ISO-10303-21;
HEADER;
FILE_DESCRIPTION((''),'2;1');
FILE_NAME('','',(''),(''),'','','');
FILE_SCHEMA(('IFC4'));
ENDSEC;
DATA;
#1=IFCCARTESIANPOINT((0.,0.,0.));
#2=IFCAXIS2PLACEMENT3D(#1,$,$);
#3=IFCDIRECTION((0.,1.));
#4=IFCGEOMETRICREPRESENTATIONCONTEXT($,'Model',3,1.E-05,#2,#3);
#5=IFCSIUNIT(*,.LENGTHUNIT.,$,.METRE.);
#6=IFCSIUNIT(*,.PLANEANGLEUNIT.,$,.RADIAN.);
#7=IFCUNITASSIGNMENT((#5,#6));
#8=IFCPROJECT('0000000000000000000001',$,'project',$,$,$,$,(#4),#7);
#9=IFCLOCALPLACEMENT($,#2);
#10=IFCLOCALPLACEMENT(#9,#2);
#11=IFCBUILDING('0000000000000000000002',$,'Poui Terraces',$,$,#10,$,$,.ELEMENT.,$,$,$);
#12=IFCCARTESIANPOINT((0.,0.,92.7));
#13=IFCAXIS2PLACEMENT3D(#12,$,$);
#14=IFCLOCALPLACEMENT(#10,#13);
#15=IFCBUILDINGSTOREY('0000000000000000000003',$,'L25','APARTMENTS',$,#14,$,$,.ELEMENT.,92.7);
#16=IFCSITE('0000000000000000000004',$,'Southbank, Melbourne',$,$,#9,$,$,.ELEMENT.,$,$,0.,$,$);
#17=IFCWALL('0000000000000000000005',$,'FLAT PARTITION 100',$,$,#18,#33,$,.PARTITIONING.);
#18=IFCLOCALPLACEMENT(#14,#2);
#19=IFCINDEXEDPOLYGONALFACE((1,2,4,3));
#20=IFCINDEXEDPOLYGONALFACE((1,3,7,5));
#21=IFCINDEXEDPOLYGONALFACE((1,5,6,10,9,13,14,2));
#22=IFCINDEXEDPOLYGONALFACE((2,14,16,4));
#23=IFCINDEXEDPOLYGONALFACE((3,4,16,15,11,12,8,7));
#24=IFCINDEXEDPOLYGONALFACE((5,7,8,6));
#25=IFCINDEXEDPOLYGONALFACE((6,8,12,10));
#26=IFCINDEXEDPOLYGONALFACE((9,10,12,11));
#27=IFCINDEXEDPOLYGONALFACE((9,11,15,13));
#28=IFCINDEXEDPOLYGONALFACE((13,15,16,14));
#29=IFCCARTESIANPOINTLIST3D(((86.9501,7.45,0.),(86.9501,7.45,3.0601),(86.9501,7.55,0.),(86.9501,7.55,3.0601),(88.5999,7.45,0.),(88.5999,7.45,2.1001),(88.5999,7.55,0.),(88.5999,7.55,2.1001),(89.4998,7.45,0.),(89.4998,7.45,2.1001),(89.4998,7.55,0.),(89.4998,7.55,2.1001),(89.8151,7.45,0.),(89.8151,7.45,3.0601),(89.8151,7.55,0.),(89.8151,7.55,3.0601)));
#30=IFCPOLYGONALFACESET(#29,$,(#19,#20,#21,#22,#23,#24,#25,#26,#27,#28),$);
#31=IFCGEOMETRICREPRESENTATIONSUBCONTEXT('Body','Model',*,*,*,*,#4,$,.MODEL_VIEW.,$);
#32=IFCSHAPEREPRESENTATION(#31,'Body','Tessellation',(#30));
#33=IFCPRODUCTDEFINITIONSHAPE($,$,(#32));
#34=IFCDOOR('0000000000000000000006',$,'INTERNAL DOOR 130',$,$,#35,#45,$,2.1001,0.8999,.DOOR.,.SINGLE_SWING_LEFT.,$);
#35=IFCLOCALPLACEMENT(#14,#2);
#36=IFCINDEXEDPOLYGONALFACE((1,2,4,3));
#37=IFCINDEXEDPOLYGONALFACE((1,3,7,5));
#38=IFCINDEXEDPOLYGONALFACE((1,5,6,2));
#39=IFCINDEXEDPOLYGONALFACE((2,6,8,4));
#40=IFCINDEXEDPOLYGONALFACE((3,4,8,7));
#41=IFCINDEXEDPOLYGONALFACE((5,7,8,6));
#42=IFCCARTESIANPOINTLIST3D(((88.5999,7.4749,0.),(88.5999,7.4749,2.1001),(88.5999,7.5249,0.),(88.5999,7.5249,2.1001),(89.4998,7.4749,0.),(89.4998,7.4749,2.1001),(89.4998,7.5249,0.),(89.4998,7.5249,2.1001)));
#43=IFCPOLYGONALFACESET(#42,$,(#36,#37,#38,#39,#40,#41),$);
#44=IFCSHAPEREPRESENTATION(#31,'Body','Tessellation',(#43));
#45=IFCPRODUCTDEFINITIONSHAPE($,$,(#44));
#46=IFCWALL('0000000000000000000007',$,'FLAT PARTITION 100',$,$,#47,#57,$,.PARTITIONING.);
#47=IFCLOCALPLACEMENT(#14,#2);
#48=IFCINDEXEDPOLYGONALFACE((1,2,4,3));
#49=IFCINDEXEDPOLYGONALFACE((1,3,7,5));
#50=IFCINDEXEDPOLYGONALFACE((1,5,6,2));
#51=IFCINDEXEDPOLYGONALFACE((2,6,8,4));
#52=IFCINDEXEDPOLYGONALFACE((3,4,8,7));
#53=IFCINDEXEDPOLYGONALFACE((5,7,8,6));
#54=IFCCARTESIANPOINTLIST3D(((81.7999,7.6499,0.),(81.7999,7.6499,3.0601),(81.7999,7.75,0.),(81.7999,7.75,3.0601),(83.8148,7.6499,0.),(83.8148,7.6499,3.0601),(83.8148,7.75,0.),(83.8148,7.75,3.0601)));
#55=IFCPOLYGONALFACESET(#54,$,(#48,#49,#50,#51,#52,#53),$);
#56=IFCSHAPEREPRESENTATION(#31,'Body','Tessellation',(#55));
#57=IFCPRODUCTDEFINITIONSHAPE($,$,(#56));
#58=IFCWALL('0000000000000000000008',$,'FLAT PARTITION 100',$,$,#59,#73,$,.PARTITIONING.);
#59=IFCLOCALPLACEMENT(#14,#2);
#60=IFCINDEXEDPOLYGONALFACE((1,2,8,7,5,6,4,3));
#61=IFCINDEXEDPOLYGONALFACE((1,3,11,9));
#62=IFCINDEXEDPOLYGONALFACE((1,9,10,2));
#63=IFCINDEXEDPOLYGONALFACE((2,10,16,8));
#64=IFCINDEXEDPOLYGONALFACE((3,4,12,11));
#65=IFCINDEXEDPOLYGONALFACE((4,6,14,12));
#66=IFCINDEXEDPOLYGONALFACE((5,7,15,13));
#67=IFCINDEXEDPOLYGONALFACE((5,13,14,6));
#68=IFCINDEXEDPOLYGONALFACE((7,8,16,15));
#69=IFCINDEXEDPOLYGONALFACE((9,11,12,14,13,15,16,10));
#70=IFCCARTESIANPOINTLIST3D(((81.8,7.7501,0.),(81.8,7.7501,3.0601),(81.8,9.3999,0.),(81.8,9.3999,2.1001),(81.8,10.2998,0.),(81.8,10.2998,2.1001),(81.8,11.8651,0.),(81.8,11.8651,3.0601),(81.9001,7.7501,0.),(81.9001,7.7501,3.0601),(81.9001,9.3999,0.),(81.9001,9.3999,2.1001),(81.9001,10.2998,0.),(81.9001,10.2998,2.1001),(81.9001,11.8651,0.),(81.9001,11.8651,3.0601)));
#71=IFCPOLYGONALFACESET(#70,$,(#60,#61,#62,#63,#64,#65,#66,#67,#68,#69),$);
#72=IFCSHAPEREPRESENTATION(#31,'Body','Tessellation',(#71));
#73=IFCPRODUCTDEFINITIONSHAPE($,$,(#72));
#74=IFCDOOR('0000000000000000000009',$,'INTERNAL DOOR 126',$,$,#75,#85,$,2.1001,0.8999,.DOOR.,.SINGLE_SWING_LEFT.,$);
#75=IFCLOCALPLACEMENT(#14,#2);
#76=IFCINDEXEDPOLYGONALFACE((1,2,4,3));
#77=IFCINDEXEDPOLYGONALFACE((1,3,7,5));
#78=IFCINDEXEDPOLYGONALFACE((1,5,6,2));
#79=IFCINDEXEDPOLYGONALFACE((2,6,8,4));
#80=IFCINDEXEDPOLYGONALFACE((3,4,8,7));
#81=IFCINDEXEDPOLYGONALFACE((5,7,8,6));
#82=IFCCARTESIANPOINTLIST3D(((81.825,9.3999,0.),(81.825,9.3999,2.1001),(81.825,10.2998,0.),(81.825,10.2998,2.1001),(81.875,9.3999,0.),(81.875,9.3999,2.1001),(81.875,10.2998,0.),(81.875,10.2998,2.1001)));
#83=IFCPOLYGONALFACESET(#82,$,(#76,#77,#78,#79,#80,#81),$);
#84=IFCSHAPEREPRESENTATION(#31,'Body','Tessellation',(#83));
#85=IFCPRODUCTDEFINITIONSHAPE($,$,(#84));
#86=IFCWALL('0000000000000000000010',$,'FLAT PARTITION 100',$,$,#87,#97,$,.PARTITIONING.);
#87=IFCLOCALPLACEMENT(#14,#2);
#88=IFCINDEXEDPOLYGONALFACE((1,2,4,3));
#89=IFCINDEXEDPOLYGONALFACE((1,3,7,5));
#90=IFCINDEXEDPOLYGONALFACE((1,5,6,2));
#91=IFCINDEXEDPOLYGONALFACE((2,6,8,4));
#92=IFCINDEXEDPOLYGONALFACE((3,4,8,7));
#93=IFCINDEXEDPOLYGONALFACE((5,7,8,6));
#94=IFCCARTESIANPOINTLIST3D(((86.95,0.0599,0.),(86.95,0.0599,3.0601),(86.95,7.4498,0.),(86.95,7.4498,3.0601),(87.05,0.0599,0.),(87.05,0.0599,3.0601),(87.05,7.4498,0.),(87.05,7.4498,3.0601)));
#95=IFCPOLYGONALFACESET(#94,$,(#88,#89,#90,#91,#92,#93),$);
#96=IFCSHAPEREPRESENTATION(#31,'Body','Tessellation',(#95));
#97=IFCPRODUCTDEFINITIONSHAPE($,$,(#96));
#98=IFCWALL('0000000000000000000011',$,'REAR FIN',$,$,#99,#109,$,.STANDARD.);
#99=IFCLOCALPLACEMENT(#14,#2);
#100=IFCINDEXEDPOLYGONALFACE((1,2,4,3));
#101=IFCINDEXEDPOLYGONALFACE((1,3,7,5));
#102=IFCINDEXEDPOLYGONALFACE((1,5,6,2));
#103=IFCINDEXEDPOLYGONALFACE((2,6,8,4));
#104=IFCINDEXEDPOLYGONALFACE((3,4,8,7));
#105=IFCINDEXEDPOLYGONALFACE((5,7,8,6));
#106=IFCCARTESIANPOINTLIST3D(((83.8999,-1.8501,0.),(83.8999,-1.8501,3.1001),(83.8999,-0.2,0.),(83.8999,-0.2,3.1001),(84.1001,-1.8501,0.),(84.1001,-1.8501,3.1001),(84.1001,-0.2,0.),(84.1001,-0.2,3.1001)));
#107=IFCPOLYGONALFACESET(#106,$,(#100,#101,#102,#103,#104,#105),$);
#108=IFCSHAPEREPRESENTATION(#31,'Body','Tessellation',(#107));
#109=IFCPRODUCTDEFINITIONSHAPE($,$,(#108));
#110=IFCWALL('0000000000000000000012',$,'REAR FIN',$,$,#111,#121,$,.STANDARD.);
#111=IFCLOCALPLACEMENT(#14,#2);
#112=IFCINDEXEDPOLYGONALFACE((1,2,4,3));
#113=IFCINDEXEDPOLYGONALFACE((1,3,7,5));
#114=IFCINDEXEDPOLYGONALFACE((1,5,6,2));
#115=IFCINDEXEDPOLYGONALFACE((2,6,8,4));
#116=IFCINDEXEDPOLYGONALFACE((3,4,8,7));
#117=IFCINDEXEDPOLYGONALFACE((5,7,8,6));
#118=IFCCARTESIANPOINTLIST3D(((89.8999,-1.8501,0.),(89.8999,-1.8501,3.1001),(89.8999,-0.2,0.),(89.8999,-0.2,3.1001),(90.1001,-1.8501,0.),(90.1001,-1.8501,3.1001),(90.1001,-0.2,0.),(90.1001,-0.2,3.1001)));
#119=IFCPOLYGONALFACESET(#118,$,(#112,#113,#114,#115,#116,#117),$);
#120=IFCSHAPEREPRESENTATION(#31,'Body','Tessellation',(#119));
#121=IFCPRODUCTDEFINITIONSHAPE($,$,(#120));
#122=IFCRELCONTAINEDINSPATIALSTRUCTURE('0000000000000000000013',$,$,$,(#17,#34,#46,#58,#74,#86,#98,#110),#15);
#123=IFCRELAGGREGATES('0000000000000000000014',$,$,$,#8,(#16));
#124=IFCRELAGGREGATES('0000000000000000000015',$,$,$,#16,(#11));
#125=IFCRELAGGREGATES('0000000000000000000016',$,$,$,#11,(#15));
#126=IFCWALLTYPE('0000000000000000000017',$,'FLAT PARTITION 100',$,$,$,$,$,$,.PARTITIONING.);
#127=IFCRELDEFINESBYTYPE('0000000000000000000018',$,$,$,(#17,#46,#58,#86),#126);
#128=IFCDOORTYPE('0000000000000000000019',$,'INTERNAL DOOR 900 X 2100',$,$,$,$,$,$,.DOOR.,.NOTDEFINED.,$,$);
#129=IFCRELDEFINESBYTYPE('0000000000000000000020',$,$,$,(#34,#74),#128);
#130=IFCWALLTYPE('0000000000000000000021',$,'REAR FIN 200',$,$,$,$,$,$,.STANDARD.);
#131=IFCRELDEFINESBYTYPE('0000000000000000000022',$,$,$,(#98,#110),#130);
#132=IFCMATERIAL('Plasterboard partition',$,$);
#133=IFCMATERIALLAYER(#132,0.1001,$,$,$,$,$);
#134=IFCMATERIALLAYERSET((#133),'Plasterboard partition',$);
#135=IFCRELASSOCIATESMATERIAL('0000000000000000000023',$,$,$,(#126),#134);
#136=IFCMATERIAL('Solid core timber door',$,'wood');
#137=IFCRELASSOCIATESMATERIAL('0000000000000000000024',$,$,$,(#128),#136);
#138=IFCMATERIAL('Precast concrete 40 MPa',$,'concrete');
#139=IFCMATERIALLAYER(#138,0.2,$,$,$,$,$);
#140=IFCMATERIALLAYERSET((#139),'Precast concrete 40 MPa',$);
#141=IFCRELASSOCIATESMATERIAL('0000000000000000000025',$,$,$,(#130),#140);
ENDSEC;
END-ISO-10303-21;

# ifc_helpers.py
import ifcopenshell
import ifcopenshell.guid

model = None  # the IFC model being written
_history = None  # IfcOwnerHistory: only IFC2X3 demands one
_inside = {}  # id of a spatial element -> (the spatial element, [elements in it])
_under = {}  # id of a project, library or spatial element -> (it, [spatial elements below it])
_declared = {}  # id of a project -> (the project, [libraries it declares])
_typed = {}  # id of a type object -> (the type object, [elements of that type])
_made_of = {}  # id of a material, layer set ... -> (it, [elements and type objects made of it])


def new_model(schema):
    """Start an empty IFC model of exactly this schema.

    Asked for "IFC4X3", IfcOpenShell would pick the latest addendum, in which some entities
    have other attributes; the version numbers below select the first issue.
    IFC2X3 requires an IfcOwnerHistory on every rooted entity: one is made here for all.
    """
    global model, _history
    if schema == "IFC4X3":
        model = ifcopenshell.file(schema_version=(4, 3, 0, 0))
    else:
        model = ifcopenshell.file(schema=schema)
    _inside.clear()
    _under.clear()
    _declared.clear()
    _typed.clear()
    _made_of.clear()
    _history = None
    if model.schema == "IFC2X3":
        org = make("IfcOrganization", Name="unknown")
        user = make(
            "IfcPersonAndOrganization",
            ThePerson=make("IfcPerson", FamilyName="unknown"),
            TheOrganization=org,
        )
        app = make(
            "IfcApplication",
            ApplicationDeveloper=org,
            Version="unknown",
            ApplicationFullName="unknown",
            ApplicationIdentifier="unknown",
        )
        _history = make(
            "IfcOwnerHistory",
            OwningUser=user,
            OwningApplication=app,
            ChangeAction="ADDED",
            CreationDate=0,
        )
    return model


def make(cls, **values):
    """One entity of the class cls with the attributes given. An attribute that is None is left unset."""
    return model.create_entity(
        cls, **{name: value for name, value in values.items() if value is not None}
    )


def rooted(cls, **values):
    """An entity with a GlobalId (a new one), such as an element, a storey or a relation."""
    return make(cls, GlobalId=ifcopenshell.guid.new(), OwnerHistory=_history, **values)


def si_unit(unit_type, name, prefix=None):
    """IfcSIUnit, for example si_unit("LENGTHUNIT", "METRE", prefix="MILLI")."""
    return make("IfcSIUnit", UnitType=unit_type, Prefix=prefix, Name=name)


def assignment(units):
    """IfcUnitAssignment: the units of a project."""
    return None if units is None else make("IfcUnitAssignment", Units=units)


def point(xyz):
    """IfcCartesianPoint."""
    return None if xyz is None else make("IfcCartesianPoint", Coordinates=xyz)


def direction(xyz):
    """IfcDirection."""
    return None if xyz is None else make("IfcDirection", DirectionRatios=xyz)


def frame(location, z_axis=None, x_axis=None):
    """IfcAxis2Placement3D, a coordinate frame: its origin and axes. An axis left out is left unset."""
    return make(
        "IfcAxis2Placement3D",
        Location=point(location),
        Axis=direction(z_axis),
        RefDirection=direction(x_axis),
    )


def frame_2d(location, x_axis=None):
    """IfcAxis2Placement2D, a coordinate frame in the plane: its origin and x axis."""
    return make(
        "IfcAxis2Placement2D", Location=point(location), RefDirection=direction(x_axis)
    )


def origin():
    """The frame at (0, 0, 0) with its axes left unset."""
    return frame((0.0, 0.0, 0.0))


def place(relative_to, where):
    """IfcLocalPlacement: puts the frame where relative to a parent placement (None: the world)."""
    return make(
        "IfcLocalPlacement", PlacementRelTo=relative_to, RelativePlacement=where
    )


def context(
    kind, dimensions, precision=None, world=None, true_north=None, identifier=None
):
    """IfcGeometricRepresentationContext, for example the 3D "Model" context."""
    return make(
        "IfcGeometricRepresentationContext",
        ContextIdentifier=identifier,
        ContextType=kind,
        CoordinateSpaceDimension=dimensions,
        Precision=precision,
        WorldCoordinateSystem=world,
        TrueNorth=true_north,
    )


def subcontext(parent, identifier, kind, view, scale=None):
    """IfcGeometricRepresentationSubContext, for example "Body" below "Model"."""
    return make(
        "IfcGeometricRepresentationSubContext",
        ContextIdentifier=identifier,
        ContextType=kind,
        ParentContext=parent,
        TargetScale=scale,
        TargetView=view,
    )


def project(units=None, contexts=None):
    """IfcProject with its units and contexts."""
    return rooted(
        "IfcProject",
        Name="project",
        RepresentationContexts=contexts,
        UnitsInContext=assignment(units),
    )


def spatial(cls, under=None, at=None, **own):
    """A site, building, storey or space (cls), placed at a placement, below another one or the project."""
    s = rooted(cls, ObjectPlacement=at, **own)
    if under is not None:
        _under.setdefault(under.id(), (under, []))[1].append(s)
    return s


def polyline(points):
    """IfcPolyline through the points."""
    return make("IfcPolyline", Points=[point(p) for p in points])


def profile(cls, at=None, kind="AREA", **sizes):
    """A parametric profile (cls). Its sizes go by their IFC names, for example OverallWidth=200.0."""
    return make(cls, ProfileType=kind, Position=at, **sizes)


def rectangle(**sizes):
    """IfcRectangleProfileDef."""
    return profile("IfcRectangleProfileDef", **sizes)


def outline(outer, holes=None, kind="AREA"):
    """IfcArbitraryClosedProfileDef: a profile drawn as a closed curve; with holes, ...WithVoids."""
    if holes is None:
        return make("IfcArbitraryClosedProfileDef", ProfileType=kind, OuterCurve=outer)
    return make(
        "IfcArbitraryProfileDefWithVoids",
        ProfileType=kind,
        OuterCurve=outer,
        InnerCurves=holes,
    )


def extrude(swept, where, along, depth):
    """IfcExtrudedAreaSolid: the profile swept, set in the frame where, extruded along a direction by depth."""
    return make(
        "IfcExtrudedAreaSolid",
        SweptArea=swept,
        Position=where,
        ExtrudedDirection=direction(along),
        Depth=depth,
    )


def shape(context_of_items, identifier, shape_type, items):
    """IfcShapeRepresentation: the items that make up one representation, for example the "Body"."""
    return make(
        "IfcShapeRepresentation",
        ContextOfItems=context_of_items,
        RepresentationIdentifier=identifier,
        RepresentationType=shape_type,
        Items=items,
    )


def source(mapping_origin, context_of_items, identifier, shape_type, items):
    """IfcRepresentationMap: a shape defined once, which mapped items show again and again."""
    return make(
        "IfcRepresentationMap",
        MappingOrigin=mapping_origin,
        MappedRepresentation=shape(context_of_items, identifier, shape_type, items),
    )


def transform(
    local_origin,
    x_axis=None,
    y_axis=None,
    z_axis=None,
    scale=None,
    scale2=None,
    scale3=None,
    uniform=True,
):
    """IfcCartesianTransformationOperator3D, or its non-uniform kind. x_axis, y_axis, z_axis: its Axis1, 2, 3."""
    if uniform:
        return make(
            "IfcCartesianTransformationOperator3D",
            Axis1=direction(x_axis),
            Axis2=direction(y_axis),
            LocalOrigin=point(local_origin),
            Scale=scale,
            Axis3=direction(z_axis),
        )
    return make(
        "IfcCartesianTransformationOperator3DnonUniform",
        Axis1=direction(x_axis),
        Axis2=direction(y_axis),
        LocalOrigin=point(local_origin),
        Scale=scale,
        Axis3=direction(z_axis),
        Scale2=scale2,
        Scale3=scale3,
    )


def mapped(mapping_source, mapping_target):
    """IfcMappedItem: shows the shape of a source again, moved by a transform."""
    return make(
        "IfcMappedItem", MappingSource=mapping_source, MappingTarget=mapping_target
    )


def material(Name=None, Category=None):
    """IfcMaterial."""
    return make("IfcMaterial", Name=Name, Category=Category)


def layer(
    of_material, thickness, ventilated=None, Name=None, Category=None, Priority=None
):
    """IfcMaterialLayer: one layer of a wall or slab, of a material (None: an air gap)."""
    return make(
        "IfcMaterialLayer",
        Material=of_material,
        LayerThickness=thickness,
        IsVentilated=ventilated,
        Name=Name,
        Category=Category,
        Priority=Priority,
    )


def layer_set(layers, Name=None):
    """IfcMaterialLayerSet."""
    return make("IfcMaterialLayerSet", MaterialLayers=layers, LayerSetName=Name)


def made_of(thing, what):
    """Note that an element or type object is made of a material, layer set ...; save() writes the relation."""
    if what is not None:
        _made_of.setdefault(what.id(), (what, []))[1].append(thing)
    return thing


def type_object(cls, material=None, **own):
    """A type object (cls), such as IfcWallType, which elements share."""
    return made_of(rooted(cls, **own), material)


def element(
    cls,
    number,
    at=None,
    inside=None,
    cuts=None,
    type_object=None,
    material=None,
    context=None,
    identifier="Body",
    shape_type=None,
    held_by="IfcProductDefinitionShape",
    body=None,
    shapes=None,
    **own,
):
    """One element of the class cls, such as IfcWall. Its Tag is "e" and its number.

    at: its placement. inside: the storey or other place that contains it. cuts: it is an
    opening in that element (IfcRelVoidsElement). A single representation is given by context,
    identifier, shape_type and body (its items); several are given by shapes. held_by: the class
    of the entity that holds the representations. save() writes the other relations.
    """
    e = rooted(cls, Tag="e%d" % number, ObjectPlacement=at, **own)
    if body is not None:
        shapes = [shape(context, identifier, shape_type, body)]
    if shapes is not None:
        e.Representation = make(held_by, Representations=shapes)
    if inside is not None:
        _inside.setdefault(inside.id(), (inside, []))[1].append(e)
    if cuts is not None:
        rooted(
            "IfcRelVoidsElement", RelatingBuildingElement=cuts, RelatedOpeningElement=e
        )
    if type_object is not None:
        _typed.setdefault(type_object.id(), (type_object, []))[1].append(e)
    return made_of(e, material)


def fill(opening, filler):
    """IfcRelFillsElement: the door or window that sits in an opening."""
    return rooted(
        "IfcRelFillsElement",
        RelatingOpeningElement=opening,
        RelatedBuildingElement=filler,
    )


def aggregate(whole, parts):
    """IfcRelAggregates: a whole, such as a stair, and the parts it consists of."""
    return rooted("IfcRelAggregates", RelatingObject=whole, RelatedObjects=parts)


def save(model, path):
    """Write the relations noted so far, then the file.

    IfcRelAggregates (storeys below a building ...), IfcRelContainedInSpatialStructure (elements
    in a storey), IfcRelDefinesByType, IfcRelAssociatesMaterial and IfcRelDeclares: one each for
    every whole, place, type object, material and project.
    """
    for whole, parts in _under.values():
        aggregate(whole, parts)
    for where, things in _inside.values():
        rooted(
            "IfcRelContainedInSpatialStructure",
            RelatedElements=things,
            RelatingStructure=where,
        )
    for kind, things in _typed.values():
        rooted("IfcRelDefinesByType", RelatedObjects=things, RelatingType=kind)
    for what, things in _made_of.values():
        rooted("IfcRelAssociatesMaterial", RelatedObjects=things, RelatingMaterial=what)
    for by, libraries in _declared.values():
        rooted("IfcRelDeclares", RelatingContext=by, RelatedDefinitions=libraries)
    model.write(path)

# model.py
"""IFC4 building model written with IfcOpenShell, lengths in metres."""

from ifc_helpers import new_model, si_unit, direction, frame, frame_2d, origin, place, context, subcontext, project, spatial, polyline, rectangle, outline, extrude, source, transform, mapped, material, layer, layer_set, type_object, element, fill, save


model = new_model("IFC4")

# Units and contexts
model_context = context("Model", 3, precision=1e-05, world=origin(), true_north=direction((0.0, 1.0)))
body_context = subcontext(model_context, "Body", "Model", "MODEL_VIEW")
ifc_project = project(units=[si_unit("LENGTHUNIT", "METRE"), si_unit("PLANEANGLEUNIT", "RADIAN")], contexts=[model_context])

# Site, building, storey
site_placement = place(None, origin())
site = spatial("IfcSite", under=ifc_project, at=site_placement, Name="Southbank, Melbourne", CompositionType="ELEMENT", RefElevation=0.0)
building_placement = place(site_placement, origin())
building = spatial("IfcBuilding", under=site, at=building_placement, Name="Poui Terraces", CompositionType="ELEMENT")
storey_placement = place(building_placement, frame((0.0, 0.0, 92.7)))
storey = spatial("IfcBuildingStorey", under=building, at=storey_placement, Name="L25", Description="APARTMENTS", CompositionType="ELEMENT", Elevation=92.7)

# Shared definitions
ifc_material_1 = material(Name="Precast concrete 40 MPa", Category="concrete")

# Wall, opening, door
ifc_material_2 = material(Name="Plasterboard partition")
ifc_layer_1 = layer(ifc_material_2, 0.1001)
ifc_layer_set_1 = layer_set([ifc_layer_1], Name="Plasterboard partition")
wall_type_1 = type_object("IfcWallType", Name="FLAT PARTITION 100", PredefinedType="PARTITIONING", material=ifc_layer_set_1)
wall_1_placement = place(storey_placement, frame((86.95, 7.5, 0.0), z_axis=(0.0, 0.0, 1.0), x_axis=(1.0, 0.0, 0.0)))
wall_1 = element("IfcWall", 1, at=wall_1_placement, inside=storey, type_object=wall_type_1, Name="FLAT PARTITION 100", PredefinedType="PARTITIONING", context=body_context, shape_type="SweptSolid", body=[
    extrude(rectangle(XDim=2.865, YDim=0.1001, at=frame_2d((1.4326, 0.0))), origin(), (0.0, 0.0, 1.0), 3.0601),
])
opening_1_placement = place(wall_1_placement, frame((1.6499, 0.0, 0.0)))
opening_1 = element("IfcOpeningElement", 2, at=opening_1_placement, cuts=wall_1, PredefinedType="OPENING", context=body_context, shape_type="SweptSolid", body=[
    extrude(rectangle(XDim=0.8999, YDim=2.1001, at=frame_2d((0.45, 1.05))), frame((0.0, 0.0601, 0.0), z_axis=(0.0, -1.0, 0.0), x_axis=(1.0, 0.0, 0.0)), (0.0, 0.0, 1.0), 0.1201),
])
ifc_material_3 = material(Name="Solid core timber door", Category="wood")
door_type = type_object("IfcDoorType", Name="INTERNAL DOOR 900 X 2100", OperationType="NOTDEFINED", PredefinedType="DOOR", material=ifc_material_3)
door_1_placement = place(opening_1_placement, origin())
door_1 = element("IfcDoor", 3, at=door_1_placement, inside=storey, type_object=door_type, Name="INTERNAL DOOR 130", OperationType="SINGLE_SWING_LEFT", OverallHeight=2.1001, OverallWidth=0.8999, PredefinedType="DOOR", context=body_context, shape_type="SweptSolid", body=[
    extrude(rectangle(XDim=0.8999, YDim=2.1001, at=frame_2d((0.45, 1.05))), frame((0.0, 0.0249, 0.0), z_axis=(0.0, -1.0, 0.0), x_axis=(1.0, 0.0, 0.0)), (0.0, 0.0, 1.0), 0.05),
])
fill(opening_1, door_1)

# Wall
wall_2_placement = place(storey_placement, frame((81.8, 7.7, 0.0), z_axis=(0.0, 0.0, 1.0), x_axis=(1.0, 0.0, 0.0)))
element("IfcWall", 4, at=wall_2_placement, inside=storey, type_object=wall_type_1, Name="FLAT PARTITION 100", PredefinedType="PARTITIONING", context=body_context, shape_type="SweptSolid", body=[
    extrude(rectangle(XDim=2.0149, YDim=0.1001, at=frame_2d((1.0073, 0.0))), origin(), (0.0, 0.0, 1.0), 3.0601),
])

# Wall, opening, door
wall_3_placement = place(storey_placement, frame((81.8501, 7.75, 0.0), z_axis=(0.0, 0.0, 1.0), x_axis=(0.0, 1.0, 0.0)))
wall_3 = element("IfcWall", 5, at=wall_3_placement, inside=storey, type_object=wall_type_1, Name="FLAT PARTITION 100", PredefinedType="PARTITIONING", context=body_context, shape_type="SweptSolid", body=[
    extrude(rectangle(XDim=4.115, YDim=0.1001, at=frame_2d((2.0576, 0.0))), origin(), (0.0, 0.0, 1.0), 3.0601),
])
opening_2_placement = place(wall_3_placement, frame((1.6499, 0.0, 0.0)))
opening_2 = element("IfcOpeningElement", 6, at=opening_2_placement, cuts=wall_3, PredefinedType="OPENING", context=body_context, shape_type="SweptSolid", body=[
    extrude(rectangle(XDim=0.8999, YDim=2.1001, at=frame_2d((0.45, 1.05))), frame((0.0, 0.0601, 0.0), z_axis=(0.0, -1.0, 0.0), x_axis=(1.0, 0.0, 0.0)), (0.0, 0.0, 1.0), 0.1201),
])
door_2_placement = place(opening_2_placement, frame((0.8999, 0.0, 0.0), z_axis=(0.0, 0.0, 1.0), x_axis=(-1.0, 0.0, 0.0)))
door_2 = element("IfcDoor", 7, at=door_2_placement, inside=storey, type_object=door_type, Name="INTERNAL DOOR 126", OperationType="SINGLE_SWING_LEFT", OverallHeight=2.1001, OverallWidth=0.8999, PredefinedType="DOOR", context=body_context, shape_type="SweptSolid", body=[
    extrude(rectangle(XDim=0.8999, YDim=2.1001, at=frame_2d((0.45, 1.05))), frame((0.0, 0.0249, 0.0), z_axis=(0.0, -1.0, 0.0), x_axis=(1.0, 0.0, 0.0)), (0.0, 0.0, 1.0), 0.05),
])
fill(opening_2, door_2)

# Walls
wall_4_placement = place(storey_placement, frame((87.0, 0.0601, 0.0), z_axis=(0.0, 0.0, 1.0), x_axis=(0.0, 1.0, 0.0)))
element("IfcWall", 8, at=wall_4_placement, inside=storey, type_object=wall_type_1, Name="FLAT PARTITION 100", PredefinedType="PARTITIONING", context=body_context, shape_type="SweptSolid", body=[
    extrude(rectangle(XDim=7.3899, YDim=0.1001, at=frame_2d((3.6948, 0.0))), origin(), (0.0, 0.0, 1.0), 3.0601),
])
ifc_layer_2 = layer(ifc_material_1, 0.2)
ifc_layer_set_2 = layer_set([ifc_layer_2], Name="Precast concrete 40 MPa")
wall_type_2 = type_object("IfcWallType", Name="REAR FIN 200", PredefinedType="STANDARD", material=ifc_layer_set_2)
shared_shape_1 = source(origin(), body_context, "Body", "SweptSolid", [
    extrude(outline(polyline([(0.0, 0.0), (0.2002, 0.0), (0.2002, 1.6501), (0.0, 1.6501), (0.0, 0.0)])), origin(), (0.0, 0.0, 1.0), 3.1001),
])
for number, where, name in (
    (9, (83.8999, -1.8501, 0.0), "REAR FIN"),
    (10, (89.8999, -1.8501, 0.0), "REAR FIN"),
):
    element("IfcWall", number, at=place(storey_placement, frame(where)), inside=storey, type_object=wall_type_2, Name=name, PredefinedType="STANDARD", context=body_context, shape_type="MappedRepresentation", body=[
        mapped(shared_shape_1, transform((0.0, 0.0, 0.0))),
    ])

save(model, "model.ifc")
